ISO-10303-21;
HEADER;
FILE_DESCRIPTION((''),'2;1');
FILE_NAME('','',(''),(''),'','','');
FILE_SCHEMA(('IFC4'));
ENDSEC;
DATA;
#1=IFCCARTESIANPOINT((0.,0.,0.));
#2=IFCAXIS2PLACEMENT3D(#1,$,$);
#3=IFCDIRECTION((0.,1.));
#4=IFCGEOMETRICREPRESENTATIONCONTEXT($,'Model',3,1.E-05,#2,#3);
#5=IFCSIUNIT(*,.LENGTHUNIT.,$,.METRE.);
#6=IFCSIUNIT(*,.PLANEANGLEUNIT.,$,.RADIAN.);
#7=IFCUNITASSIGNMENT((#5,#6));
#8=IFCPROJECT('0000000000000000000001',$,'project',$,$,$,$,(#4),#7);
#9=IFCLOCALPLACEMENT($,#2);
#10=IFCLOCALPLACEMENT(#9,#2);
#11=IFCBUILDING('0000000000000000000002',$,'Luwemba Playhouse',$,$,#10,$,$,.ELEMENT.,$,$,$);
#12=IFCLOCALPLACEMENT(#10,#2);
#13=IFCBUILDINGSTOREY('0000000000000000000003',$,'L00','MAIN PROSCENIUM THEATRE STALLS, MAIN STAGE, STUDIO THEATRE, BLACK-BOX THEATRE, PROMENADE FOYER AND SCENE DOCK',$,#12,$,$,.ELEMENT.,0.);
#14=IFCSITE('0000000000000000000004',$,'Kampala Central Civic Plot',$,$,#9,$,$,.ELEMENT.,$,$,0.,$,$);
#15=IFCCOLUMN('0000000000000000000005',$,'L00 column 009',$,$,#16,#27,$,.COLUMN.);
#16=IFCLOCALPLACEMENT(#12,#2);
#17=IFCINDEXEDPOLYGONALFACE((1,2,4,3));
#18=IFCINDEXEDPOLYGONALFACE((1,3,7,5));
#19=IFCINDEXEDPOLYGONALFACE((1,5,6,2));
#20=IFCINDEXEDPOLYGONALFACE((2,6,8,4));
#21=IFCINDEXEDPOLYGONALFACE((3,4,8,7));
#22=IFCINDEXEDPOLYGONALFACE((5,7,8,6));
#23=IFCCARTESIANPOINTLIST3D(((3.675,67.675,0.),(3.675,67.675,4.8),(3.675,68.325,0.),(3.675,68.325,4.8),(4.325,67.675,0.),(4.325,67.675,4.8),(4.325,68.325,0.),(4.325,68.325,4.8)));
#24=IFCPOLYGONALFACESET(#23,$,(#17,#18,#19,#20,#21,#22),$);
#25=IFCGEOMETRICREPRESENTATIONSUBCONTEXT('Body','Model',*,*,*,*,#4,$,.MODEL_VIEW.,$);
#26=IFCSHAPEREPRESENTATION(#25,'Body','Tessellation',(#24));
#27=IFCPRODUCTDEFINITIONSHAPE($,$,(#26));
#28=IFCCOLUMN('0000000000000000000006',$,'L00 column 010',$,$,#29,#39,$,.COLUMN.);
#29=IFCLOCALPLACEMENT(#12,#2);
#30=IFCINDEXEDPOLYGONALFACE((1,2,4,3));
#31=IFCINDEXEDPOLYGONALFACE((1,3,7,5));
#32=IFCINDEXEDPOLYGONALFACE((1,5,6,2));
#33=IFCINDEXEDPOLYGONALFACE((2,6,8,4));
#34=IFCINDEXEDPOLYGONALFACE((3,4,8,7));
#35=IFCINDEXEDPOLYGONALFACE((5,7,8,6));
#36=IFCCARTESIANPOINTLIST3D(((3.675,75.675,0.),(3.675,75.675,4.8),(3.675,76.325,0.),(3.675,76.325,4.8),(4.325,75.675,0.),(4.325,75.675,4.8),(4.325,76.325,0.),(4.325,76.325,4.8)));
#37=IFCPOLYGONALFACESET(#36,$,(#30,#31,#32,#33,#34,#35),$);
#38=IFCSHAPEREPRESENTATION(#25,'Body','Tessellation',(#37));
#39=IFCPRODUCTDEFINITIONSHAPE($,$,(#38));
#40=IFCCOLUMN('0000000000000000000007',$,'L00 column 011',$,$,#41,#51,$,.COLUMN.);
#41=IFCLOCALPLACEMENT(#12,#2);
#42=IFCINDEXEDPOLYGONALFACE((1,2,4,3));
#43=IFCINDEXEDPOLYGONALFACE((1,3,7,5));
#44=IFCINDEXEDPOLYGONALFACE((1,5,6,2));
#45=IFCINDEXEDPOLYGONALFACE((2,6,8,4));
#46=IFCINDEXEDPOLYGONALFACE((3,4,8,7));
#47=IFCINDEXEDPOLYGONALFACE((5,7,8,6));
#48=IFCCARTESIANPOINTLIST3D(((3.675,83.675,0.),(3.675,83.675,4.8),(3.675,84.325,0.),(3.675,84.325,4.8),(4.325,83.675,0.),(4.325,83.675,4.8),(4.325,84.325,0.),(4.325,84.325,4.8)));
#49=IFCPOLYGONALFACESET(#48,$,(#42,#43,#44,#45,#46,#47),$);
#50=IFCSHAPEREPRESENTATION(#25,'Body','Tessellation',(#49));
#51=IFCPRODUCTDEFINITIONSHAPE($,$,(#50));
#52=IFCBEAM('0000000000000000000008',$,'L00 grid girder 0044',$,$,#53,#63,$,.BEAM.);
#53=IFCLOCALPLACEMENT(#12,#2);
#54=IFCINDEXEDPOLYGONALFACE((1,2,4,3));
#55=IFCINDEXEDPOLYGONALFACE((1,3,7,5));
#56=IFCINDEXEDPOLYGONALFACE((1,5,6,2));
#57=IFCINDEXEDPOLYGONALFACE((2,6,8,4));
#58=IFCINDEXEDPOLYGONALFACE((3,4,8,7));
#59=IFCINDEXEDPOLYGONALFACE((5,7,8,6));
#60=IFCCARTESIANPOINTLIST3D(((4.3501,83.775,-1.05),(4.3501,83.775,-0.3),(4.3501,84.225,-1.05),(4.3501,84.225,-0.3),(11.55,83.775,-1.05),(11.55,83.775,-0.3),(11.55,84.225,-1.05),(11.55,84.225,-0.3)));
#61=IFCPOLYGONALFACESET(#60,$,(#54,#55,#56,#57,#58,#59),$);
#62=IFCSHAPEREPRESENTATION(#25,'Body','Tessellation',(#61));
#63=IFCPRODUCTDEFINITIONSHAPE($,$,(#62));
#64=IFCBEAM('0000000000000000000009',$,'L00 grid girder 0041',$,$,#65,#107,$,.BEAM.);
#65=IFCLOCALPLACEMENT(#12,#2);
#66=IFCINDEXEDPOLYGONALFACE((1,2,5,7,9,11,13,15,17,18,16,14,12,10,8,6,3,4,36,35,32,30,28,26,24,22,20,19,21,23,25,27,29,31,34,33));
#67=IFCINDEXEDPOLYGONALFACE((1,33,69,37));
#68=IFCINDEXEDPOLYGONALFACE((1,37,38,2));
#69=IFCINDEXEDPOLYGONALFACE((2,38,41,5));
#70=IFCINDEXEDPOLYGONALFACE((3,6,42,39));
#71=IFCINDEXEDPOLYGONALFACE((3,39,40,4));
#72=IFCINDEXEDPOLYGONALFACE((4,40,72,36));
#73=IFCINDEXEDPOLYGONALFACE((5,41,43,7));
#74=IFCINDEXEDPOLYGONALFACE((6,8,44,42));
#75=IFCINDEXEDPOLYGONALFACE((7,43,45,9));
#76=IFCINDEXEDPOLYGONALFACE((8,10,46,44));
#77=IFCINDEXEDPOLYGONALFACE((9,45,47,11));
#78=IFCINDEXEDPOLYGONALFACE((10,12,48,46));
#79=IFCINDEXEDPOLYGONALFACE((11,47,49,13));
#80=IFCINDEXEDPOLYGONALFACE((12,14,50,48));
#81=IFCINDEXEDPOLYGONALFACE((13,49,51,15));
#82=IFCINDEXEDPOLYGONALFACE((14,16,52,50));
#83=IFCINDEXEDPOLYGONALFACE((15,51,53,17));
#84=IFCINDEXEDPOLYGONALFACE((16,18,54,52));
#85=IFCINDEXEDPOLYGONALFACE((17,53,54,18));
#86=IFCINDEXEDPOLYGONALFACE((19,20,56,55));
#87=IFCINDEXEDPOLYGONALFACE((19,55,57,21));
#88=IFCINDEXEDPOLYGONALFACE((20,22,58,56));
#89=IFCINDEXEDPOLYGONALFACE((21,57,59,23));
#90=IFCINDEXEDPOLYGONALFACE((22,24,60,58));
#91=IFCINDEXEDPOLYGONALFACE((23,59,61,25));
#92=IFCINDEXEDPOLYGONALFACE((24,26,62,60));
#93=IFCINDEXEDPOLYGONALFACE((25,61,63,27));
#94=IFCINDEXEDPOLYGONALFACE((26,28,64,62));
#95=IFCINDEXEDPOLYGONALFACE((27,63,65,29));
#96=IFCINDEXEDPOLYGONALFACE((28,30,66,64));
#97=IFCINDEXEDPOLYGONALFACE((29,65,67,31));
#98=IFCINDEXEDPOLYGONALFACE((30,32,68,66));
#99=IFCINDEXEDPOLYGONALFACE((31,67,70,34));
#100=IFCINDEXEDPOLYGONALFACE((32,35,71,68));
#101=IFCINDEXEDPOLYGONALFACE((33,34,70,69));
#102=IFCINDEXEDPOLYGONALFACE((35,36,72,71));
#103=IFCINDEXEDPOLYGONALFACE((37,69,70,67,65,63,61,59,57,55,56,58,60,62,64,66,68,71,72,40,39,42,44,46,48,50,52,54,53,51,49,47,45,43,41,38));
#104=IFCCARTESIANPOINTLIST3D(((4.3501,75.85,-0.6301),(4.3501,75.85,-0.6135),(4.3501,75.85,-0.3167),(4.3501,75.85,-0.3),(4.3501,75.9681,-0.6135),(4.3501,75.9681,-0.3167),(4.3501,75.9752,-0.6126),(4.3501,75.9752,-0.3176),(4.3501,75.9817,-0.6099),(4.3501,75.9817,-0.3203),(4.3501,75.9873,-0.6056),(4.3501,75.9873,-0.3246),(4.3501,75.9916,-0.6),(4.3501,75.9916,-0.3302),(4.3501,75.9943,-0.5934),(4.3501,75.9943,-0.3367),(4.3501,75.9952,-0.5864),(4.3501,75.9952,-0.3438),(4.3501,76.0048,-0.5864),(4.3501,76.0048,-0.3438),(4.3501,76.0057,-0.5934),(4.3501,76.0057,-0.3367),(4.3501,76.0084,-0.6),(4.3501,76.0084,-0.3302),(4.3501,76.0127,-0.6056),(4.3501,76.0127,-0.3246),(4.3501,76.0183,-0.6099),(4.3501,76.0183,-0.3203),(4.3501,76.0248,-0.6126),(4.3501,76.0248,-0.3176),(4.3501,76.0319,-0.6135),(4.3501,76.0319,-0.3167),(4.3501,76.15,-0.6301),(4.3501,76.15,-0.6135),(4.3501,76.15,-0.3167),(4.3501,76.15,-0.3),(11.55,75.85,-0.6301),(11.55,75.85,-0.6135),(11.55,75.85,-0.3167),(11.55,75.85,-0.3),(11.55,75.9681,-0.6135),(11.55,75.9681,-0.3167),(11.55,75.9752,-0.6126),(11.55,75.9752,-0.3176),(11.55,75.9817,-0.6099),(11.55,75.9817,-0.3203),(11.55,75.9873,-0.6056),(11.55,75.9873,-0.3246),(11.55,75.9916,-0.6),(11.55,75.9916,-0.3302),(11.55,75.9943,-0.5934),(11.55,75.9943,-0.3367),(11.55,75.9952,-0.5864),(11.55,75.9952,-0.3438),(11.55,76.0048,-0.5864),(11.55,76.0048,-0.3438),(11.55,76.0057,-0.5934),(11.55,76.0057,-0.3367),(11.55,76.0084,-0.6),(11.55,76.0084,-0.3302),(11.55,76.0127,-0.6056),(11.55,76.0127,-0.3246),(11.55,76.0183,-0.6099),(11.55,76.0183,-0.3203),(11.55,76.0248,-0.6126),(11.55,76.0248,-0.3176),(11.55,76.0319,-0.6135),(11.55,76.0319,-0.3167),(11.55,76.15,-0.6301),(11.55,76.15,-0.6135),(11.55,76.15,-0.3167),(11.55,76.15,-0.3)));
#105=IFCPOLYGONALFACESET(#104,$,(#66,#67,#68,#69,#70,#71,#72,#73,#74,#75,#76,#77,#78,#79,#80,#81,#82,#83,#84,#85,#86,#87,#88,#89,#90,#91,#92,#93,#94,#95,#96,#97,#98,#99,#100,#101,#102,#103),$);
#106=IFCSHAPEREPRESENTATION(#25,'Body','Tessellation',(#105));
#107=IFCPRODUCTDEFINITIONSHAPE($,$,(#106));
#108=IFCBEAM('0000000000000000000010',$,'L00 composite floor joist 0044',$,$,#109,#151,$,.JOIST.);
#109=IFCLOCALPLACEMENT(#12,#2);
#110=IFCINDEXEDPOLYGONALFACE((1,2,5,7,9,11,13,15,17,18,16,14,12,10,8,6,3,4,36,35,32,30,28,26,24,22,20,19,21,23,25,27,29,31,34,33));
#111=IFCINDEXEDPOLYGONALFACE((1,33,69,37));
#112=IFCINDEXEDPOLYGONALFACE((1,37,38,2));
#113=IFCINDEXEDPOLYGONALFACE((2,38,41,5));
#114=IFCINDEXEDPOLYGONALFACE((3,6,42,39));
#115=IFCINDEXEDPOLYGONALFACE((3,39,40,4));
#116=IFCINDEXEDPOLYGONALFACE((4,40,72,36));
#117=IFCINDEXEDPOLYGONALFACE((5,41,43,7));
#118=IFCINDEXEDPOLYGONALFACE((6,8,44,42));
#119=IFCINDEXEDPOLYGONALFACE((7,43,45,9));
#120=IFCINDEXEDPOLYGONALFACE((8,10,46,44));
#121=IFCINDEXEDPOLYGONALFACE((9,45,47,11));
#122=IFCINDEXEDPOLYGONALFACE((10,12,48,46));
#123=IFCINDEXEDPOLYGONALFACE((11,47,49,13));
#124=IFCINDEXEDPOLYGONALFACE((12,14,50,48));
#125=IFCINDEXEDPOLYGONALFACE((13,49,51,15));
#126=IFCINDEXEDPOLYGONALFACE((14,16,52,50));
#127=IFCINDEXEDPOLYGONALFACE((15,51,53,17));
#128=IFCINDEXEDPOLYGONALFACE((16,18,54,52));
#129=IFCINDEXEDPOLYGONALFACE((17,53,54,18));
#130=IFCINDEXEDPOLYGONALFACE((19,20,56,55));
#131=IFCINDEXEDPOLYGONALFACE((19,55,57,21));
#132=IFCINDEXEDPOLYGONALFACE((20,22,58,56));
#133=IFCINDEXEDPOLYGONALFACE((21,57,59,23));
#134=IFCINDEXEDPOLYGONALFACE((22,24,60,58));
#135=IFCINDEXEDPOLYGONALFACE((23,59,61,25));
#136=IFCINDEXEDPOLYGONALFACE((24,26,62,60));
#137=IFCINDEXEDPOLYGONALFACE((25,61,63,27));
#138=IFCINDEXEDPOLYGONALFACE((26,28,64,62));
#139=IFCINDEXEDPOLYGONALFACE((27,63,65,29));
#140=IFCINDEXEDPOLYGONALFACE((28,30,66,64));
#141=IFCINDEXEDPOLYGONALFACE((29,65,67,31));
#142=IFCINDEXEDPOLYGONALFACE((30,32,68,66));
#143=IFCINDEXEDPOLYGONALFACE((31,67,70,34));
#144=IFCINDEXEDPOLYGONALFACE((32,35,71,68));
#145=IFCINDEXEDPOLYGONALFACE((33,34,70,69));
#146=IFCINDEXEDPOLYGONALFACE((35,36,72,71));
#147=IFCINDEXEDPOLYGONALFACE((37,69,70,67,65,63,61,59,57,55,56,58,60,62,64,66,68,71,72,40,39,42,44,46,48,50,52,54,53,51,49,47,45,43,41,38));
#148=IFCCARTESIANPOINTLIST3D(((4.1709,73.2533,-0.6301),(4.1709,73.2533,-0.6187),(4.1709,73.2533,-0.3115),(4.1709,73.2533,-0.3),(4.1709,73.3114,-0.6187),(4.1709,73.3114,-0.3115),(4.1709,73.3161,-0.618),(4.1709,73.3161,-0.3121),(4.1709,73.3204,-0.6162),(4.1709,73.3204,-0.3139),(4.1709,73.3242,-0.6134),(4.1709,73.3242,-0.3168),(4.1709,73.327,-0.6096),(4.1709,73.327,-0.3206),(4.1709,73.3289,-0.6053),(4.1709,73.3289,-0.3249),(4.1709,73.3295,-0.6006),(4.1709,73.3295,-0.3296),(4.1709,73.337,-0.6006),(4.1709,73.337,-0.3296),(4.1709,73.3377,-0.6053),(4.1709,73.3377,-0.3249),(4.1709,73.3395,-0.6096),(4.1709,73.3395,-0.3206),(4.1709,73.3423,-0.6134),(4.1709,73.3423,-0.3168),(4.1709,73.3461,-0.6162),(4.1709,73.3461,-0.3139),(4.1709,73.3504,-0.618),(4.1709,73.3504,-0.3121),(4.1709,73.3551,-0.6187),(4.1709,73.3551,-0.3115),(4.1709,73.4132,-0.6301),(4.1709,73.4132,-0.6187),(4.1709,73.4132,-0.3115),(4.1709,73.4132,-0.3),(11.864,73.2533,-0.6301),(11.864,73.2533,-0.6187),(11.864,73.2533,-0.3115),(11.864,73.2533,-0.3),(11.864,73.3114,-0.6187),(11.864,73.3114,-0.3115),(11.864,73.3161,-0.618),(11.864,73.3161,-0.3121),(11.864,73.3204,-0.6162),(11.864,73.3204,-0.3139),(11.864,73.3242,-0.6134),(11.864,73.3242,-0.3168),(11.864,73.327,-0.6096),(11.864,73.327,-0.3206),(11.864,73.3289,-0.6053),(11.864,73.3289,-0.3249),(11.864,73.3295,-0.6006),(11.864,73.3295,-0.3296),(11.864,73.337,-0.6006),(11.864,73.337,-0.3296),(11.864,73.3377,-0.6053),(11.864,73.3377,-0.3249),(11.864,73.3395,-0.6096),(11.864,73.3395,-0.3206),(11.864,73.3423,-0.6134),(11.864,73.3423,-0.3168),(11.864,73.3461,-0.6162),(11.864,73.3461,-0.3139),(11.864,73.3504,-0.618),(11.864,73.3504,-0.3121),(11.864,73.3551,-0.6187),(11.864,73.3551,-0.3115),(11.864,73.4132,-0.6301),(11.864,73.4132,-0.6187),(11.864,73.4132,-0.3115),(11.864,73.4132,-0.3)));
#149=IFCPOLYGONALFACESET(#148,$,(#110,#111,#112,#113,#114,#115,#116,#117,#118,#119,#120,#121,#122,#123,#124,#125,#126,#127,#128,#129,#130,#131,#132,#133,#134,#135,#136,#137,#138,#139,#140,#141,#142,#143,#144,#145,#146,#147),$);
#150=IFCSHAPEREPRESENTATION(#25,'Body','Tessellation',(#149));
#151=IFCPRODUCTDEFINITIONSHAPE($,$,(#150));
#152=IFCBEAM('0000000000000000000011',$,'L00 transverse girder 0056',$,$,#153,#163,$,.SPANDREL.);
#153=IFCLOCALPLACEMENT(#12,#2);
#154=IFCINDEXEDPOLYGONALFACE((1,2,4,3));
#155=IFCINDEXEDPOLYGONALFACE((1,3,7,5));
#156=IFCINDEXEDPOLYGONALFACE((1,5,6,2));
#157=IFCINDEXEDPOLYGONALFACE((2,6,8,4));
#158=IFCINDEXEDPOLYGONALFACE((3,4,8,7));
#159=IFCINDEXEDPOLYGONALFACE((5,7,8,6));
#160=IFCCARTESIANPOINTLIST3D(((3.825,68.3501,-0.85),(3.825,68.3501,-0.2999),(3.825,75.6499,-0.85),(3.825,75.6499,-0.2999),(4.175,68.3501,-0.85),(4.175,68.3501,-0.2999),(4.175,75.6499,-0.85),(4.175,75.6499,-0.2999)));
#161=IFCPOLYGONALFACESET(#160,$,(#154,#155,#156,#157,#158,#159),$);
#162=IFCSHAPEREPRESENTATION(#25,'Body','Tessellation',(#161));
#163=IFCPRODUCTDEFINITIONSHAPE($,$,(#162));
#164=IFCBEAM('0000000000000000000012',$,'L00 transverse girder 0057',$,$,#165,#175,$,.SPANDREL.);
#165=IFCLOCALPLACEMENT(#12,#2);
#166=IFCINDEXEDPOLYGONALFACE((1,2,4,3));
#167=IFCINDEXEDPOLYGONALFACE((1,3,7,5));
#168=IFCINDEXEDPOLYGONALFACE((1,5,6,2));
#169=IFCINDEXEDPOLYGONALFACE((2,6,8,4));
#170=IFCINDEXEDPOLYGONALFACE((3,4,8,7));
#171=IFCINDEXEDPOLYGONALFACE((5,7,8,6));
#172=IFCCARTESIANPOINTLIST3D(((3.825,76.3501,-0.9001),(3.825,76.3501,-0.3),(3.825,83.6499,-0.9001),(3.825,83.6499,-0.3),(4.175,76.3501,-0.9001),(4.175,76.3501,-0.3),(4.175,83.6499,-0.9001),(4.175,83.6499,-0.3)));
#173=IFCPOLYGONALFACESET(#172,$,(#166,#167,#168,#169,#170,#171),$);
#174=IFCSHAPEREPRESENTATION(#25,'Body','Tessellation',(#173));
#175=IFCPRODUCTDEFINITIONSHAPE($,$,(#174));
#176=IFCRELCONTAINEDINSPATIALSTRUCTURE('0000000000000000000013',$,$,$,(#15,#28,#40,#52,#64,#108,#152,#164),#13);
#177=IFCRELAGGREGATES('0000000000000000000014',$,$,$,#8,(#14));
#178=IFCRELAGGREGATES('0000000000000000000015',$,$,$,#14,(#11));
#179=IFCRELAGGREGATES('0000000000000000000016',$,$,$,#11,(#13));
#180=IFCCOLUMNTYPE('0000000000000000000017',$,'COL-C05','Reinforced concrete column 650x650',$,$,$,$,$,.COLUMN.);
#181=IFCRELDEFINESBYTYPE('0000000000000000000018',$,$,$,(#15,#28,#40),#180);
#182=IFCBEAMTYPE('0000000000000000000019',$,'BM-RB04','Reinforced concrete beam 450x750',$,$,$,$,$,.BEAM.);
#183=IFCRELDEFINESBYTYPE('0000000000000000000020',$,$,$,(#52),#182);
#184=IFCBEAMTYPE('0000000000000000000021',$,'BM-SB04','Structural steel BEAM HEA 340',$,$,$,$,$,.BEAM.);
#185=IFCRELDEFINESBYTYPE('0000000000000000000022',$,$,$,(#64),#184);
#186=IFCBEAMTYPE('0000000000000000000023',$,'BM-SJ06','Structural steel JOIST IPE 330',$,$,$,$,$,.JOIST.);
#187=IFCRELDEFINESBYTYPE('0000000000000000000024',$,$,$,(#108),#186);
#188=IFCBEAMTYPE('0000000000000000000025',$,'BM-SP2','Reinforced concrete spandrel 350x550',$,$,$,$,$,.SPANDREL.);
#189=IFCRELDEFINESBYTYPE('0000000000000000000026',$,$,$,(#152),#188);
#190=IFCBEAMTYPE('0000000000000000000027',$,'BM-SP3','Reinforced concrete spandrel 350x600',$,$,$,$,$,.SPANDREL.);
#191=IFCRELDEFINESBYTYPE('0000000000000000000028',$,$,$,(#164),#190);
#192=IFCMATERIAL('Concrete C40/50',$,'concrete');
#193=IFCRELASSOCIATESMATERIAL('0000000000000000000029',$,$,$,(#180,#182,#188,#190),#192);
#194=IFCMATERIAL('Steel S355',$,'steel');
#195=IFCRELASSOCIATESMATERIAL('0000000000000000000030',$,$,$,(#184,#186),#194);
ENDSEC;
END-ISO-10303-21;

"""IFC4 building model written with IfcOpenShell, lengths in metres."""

from ifc_helpers import new_model, si_unit, direction, frame, origin, origin_2d, place, context, subcontext, project, spatial, rectangle, i_section, extrude, material, material_profile, profile_set, type_object, element, save


model = new_model("IFC4")

# Units and contexts
model_context = context("Model", 3, precision=1e-05, world=origin(), true_north=direction((0.0, 1.0)))
body_context = subcontext(model_context, "Body", "Model", "MODEL_VIEW")
ifc_project = project(units=[si_unit("LENGTHUNIT", "METRE"), si_unit("PLANEANGLEUNIT", "RADIAN")], contexts=[model_context])

# Site, building, storey
site_placement = place(None, origin())
site = spatial("IfcSite", under=ifc_project, at=site_placement, Name="Kampala Central Civic Plot", CompositionType="ELEMENT", RefElevation=0.0)
building_placement = place(site_placement, origin())
building = spatial("IfcBuilding", under=site, at=building_placement, Name="Luwemba Playhouse", CompositionType="ELEMENT")
storey_placement = place(building_placement, origin())
storey = spatial("IfcBuildingStorey", under=building, at=storey_placement, Name="L00", Description="MAIN PROSCENIUM THEATRE STALLS, MAIN STAGE, STUDIO THEATRE, BLACK-BOX THEATRE, PROMENADE FOYER AND SCENE DOCK", CompositionType="ELEMENT", Elevation=0.0)

# Columns
ifc_material_1 = material(Name="Concrete C40/50", Category="concrete")
ifc_material_profile_1 = material_profile(ifc_material_1, rectangle(XDim=0.6499, YDim=0.6499, at=origin_2d()))
ifc_profile_set_1 = profile_set([ifc_material_profile_1], Name="Concrete C40/50")
column_type = type_object("IfcColumnType", Name="COL-C05", Description="Reinforced concrete column 650x650", PredefinedType="COLUMN", material=ifc_profile_set_1)
for number, where, z_axis, x_axis, name in (
    (1, (4.0, 68.0, 0.0), (0.0, 0.0, 1.0), (1.0, 0.0, 0.0), "L00 column 009"),
    (2, (4.0, 76.0, 0.0), (0.0, 0.0, 1.0), (1.0, 0.0, 0.0), "L00 column 010"),
    (3, (4.0, 84.0, 0.0), (0.0, 0.0, 1.0), (1.0, 0.0, 0.0), "L00 column 011"),
):
    element("IfcColumn", number, at=place(storey_placement, frame(where, z_axis=z_axis, x_axis=x_axis)), inside=storey, type_object=column_type, Name=name, PredefinedType="COLUMN", context=body_context, shape_type="SweptSolid", body=[
        extrude(rectangle(XDim=0.6499, YDim=0.6499, at=origin_2d()), origin(), (0.0, 0.0, 1.0), 4.8),
    ])

# Beams
ifc_material_profile_2 = material_profile(ifc_material_1, rectangle(XDim=0.45, YDim=0.75, at=origin_2d()))
ifc_profile_set_2 = profile_set([ifc_material_profile_2], Name="Concrete C40/50")
beam_type_1 = type_object("IfcBeamType", Name="BM-RB04", Description="Reinforced concrete beam 450x750", PredefinedType="BEAM", material=ifc_profile_set_2)
beam_1_placement = place(storey_placement, frame((4.3501, 84.0, -0.675), z_axis=(1.0, 0.0, 0.0), x_axis=(0.0, 1.0, 0.0)))
element("IfcBeam", 4, at=beam_1_placement, inside=storey, type_object=beam_type_1, Name="L00 grid girder 0044", PredefinedType="BEAM", context=body_context, shape_type="SweptSolid", body=[
    extrude(rectangle(XDim=0.45, YDim=0.75, at=origin_2d()), origin(), (0.0, 0.0, 1.0), 7.2),
])
ifc_material_2 = material(Name="Steel S355", Category="steel")
ifc_material_profile_3 = material_profile(ifc_material_2, i_section(OverallWidth=0.3, OverallDepth=0.3301, WebThickness=0.0095, FlangeThickness=0.0166, FilletRadius=0.0271, at=origin_2d()))
ifc_profile_set_3 = profile_set([ifc_material_profile_3], Name="Steel S355")
beam_type_2 = type_object("IfcBeamType", Name="BM-SB04", Description="Structural steel BEAM HEA 340", PredefinedType="BEAM", material=ifc_profile_set_3)
beam_2_placement = place(storey_placement, frame((4.3501, 76.0, -0.4651), z_axis=(1.0, 0.0, 0.0), x_axis=(0.0, 1.0, 0.0)))
element("IfcBeam", 5, at=beam_2_placement, inside=storey, type_object=beam_type_2, Name="L00 grid girder 0041", PredefinedType="BEAM", context=body_context, shape_type="SweptSolid", body=[
    extrude(i_section(OverallWidth=0.3, OverallDepth=0.3301, WebThickness=0.0095, FlangeThickness=0.0166, FilletRadius=0.0271, at=origin_2d()), origin(), (0.0, 0.0, 1.0), 7.2),
])
ifc_material_profile_4 = material_profile(ifc_material_2, i_section(OverallWidth=0.1599, OverallDepth=0.3301, WebThickness=0.0076, FlangeThickness=0.0115, FilletRadius=0.0181, at=origin_2d()))
ifc_profile_set_4 = profile_set([ifc_material_profile_4], Name="Steel S355")
beam_type_3 = type_object("IfcBeamType", Name="BM-SJ06", Description="Structural steel JOIST IPE 330", PredefinedType="JOIST", material=ifc_profile_set_4)
beam_3_placement = place(storey_placement, frame((4.1709, 73.3333, -0.4651), z_axis=(1.0, 0.0, 0.0), x_axis=(0.0, 1.0, 0.0)))
element("IfcBeam", 6, at=beam_3_placement, inside=storey, type_object=beam_type_3, Name="L00 composite floor joist 0044", PredefinedType="JOIST", context=body_context, shape_type="SweptSolid", body=[
    extrude(i_section(OverallWidth=0.1599, OverallDepth=0.3301, WebThickness=0.0076, FlangeThickness=0.0115, FilletRadius=0.0181, at=origin_2d()), origin(), (0.0, 0.0, 1.0), 7.6931),
])
ifc_material_profile_5 = material_profile(ifc_material_1, rectangle(XDim=0.3501, YDim=0.55, at=origin_2d()))
ifc_profile_set_5 = profile_set([ifc_material_profile_5], Name="Concrete C40/50")
beam_type_4 = type_object("IfcBeamType", Name="BM-SP2", Description="Reinforced concrete spandrel 350x550", PredefinedType="SPANDREL", material=ifc_profile_set_5)
beam_4_placement = place(storey_placement, frame((4.0, 68.3501, -0.575), z_axis=(0.0, 1.0, 0.0), x_axis=(-1.0, 0.0, 0.0)))
element("IfcBeam", 7, at=beam_4_placement, inside=storey, type_object=beam_type_4, Name="L00 transverse girder 0056", PredefinedType="SPANDREL", context=body_context, shape_type="SweptSolid", body=[
    extrude(rectangle(XDim=0.3501, YDim=0.55, at=origin_2d()), origin(), (0.0, 0.0, 1.0), 7.2998),
])
ifc_material_profile_6 = material_profile(ifc_material_1, rectangle(XDim=0.3501, YDim=0.6001, at=origin_2d()))
ifc_profile_set_6 = profile_set([ifc_material_profile_6], Name="Concrete C40/50")
beam_type_5 = type_object("IfcBeamType", Name="BM-SP3", Description="Reinforced concrete spandrel 350x600", PredefinedType="SPANDREL", material=ifc_profile_set_6)
beam_5_placement = place(storey_placement, frame((4.0, 76.3501, -0.6001), z_axis=(0.0, 1.0, 0.0), x_axis=(-1.0, 0.0, 0.0)))
element("IfcBeam", 8, at=beam_5_placement, inside=storey, type_object=beam_type_5, Name="L00 transverse girder 0057", PredefinedType="SPANDREL", context=body_context, shape_type="SweptSolid", body=[
    extrude(rectangle(XDim=0.3501, YDim=0.6001, at=origin_2d()), origin(), (0.0, 0.0, 1.0), 7.2998),
])

save(model, "model.ifc")
